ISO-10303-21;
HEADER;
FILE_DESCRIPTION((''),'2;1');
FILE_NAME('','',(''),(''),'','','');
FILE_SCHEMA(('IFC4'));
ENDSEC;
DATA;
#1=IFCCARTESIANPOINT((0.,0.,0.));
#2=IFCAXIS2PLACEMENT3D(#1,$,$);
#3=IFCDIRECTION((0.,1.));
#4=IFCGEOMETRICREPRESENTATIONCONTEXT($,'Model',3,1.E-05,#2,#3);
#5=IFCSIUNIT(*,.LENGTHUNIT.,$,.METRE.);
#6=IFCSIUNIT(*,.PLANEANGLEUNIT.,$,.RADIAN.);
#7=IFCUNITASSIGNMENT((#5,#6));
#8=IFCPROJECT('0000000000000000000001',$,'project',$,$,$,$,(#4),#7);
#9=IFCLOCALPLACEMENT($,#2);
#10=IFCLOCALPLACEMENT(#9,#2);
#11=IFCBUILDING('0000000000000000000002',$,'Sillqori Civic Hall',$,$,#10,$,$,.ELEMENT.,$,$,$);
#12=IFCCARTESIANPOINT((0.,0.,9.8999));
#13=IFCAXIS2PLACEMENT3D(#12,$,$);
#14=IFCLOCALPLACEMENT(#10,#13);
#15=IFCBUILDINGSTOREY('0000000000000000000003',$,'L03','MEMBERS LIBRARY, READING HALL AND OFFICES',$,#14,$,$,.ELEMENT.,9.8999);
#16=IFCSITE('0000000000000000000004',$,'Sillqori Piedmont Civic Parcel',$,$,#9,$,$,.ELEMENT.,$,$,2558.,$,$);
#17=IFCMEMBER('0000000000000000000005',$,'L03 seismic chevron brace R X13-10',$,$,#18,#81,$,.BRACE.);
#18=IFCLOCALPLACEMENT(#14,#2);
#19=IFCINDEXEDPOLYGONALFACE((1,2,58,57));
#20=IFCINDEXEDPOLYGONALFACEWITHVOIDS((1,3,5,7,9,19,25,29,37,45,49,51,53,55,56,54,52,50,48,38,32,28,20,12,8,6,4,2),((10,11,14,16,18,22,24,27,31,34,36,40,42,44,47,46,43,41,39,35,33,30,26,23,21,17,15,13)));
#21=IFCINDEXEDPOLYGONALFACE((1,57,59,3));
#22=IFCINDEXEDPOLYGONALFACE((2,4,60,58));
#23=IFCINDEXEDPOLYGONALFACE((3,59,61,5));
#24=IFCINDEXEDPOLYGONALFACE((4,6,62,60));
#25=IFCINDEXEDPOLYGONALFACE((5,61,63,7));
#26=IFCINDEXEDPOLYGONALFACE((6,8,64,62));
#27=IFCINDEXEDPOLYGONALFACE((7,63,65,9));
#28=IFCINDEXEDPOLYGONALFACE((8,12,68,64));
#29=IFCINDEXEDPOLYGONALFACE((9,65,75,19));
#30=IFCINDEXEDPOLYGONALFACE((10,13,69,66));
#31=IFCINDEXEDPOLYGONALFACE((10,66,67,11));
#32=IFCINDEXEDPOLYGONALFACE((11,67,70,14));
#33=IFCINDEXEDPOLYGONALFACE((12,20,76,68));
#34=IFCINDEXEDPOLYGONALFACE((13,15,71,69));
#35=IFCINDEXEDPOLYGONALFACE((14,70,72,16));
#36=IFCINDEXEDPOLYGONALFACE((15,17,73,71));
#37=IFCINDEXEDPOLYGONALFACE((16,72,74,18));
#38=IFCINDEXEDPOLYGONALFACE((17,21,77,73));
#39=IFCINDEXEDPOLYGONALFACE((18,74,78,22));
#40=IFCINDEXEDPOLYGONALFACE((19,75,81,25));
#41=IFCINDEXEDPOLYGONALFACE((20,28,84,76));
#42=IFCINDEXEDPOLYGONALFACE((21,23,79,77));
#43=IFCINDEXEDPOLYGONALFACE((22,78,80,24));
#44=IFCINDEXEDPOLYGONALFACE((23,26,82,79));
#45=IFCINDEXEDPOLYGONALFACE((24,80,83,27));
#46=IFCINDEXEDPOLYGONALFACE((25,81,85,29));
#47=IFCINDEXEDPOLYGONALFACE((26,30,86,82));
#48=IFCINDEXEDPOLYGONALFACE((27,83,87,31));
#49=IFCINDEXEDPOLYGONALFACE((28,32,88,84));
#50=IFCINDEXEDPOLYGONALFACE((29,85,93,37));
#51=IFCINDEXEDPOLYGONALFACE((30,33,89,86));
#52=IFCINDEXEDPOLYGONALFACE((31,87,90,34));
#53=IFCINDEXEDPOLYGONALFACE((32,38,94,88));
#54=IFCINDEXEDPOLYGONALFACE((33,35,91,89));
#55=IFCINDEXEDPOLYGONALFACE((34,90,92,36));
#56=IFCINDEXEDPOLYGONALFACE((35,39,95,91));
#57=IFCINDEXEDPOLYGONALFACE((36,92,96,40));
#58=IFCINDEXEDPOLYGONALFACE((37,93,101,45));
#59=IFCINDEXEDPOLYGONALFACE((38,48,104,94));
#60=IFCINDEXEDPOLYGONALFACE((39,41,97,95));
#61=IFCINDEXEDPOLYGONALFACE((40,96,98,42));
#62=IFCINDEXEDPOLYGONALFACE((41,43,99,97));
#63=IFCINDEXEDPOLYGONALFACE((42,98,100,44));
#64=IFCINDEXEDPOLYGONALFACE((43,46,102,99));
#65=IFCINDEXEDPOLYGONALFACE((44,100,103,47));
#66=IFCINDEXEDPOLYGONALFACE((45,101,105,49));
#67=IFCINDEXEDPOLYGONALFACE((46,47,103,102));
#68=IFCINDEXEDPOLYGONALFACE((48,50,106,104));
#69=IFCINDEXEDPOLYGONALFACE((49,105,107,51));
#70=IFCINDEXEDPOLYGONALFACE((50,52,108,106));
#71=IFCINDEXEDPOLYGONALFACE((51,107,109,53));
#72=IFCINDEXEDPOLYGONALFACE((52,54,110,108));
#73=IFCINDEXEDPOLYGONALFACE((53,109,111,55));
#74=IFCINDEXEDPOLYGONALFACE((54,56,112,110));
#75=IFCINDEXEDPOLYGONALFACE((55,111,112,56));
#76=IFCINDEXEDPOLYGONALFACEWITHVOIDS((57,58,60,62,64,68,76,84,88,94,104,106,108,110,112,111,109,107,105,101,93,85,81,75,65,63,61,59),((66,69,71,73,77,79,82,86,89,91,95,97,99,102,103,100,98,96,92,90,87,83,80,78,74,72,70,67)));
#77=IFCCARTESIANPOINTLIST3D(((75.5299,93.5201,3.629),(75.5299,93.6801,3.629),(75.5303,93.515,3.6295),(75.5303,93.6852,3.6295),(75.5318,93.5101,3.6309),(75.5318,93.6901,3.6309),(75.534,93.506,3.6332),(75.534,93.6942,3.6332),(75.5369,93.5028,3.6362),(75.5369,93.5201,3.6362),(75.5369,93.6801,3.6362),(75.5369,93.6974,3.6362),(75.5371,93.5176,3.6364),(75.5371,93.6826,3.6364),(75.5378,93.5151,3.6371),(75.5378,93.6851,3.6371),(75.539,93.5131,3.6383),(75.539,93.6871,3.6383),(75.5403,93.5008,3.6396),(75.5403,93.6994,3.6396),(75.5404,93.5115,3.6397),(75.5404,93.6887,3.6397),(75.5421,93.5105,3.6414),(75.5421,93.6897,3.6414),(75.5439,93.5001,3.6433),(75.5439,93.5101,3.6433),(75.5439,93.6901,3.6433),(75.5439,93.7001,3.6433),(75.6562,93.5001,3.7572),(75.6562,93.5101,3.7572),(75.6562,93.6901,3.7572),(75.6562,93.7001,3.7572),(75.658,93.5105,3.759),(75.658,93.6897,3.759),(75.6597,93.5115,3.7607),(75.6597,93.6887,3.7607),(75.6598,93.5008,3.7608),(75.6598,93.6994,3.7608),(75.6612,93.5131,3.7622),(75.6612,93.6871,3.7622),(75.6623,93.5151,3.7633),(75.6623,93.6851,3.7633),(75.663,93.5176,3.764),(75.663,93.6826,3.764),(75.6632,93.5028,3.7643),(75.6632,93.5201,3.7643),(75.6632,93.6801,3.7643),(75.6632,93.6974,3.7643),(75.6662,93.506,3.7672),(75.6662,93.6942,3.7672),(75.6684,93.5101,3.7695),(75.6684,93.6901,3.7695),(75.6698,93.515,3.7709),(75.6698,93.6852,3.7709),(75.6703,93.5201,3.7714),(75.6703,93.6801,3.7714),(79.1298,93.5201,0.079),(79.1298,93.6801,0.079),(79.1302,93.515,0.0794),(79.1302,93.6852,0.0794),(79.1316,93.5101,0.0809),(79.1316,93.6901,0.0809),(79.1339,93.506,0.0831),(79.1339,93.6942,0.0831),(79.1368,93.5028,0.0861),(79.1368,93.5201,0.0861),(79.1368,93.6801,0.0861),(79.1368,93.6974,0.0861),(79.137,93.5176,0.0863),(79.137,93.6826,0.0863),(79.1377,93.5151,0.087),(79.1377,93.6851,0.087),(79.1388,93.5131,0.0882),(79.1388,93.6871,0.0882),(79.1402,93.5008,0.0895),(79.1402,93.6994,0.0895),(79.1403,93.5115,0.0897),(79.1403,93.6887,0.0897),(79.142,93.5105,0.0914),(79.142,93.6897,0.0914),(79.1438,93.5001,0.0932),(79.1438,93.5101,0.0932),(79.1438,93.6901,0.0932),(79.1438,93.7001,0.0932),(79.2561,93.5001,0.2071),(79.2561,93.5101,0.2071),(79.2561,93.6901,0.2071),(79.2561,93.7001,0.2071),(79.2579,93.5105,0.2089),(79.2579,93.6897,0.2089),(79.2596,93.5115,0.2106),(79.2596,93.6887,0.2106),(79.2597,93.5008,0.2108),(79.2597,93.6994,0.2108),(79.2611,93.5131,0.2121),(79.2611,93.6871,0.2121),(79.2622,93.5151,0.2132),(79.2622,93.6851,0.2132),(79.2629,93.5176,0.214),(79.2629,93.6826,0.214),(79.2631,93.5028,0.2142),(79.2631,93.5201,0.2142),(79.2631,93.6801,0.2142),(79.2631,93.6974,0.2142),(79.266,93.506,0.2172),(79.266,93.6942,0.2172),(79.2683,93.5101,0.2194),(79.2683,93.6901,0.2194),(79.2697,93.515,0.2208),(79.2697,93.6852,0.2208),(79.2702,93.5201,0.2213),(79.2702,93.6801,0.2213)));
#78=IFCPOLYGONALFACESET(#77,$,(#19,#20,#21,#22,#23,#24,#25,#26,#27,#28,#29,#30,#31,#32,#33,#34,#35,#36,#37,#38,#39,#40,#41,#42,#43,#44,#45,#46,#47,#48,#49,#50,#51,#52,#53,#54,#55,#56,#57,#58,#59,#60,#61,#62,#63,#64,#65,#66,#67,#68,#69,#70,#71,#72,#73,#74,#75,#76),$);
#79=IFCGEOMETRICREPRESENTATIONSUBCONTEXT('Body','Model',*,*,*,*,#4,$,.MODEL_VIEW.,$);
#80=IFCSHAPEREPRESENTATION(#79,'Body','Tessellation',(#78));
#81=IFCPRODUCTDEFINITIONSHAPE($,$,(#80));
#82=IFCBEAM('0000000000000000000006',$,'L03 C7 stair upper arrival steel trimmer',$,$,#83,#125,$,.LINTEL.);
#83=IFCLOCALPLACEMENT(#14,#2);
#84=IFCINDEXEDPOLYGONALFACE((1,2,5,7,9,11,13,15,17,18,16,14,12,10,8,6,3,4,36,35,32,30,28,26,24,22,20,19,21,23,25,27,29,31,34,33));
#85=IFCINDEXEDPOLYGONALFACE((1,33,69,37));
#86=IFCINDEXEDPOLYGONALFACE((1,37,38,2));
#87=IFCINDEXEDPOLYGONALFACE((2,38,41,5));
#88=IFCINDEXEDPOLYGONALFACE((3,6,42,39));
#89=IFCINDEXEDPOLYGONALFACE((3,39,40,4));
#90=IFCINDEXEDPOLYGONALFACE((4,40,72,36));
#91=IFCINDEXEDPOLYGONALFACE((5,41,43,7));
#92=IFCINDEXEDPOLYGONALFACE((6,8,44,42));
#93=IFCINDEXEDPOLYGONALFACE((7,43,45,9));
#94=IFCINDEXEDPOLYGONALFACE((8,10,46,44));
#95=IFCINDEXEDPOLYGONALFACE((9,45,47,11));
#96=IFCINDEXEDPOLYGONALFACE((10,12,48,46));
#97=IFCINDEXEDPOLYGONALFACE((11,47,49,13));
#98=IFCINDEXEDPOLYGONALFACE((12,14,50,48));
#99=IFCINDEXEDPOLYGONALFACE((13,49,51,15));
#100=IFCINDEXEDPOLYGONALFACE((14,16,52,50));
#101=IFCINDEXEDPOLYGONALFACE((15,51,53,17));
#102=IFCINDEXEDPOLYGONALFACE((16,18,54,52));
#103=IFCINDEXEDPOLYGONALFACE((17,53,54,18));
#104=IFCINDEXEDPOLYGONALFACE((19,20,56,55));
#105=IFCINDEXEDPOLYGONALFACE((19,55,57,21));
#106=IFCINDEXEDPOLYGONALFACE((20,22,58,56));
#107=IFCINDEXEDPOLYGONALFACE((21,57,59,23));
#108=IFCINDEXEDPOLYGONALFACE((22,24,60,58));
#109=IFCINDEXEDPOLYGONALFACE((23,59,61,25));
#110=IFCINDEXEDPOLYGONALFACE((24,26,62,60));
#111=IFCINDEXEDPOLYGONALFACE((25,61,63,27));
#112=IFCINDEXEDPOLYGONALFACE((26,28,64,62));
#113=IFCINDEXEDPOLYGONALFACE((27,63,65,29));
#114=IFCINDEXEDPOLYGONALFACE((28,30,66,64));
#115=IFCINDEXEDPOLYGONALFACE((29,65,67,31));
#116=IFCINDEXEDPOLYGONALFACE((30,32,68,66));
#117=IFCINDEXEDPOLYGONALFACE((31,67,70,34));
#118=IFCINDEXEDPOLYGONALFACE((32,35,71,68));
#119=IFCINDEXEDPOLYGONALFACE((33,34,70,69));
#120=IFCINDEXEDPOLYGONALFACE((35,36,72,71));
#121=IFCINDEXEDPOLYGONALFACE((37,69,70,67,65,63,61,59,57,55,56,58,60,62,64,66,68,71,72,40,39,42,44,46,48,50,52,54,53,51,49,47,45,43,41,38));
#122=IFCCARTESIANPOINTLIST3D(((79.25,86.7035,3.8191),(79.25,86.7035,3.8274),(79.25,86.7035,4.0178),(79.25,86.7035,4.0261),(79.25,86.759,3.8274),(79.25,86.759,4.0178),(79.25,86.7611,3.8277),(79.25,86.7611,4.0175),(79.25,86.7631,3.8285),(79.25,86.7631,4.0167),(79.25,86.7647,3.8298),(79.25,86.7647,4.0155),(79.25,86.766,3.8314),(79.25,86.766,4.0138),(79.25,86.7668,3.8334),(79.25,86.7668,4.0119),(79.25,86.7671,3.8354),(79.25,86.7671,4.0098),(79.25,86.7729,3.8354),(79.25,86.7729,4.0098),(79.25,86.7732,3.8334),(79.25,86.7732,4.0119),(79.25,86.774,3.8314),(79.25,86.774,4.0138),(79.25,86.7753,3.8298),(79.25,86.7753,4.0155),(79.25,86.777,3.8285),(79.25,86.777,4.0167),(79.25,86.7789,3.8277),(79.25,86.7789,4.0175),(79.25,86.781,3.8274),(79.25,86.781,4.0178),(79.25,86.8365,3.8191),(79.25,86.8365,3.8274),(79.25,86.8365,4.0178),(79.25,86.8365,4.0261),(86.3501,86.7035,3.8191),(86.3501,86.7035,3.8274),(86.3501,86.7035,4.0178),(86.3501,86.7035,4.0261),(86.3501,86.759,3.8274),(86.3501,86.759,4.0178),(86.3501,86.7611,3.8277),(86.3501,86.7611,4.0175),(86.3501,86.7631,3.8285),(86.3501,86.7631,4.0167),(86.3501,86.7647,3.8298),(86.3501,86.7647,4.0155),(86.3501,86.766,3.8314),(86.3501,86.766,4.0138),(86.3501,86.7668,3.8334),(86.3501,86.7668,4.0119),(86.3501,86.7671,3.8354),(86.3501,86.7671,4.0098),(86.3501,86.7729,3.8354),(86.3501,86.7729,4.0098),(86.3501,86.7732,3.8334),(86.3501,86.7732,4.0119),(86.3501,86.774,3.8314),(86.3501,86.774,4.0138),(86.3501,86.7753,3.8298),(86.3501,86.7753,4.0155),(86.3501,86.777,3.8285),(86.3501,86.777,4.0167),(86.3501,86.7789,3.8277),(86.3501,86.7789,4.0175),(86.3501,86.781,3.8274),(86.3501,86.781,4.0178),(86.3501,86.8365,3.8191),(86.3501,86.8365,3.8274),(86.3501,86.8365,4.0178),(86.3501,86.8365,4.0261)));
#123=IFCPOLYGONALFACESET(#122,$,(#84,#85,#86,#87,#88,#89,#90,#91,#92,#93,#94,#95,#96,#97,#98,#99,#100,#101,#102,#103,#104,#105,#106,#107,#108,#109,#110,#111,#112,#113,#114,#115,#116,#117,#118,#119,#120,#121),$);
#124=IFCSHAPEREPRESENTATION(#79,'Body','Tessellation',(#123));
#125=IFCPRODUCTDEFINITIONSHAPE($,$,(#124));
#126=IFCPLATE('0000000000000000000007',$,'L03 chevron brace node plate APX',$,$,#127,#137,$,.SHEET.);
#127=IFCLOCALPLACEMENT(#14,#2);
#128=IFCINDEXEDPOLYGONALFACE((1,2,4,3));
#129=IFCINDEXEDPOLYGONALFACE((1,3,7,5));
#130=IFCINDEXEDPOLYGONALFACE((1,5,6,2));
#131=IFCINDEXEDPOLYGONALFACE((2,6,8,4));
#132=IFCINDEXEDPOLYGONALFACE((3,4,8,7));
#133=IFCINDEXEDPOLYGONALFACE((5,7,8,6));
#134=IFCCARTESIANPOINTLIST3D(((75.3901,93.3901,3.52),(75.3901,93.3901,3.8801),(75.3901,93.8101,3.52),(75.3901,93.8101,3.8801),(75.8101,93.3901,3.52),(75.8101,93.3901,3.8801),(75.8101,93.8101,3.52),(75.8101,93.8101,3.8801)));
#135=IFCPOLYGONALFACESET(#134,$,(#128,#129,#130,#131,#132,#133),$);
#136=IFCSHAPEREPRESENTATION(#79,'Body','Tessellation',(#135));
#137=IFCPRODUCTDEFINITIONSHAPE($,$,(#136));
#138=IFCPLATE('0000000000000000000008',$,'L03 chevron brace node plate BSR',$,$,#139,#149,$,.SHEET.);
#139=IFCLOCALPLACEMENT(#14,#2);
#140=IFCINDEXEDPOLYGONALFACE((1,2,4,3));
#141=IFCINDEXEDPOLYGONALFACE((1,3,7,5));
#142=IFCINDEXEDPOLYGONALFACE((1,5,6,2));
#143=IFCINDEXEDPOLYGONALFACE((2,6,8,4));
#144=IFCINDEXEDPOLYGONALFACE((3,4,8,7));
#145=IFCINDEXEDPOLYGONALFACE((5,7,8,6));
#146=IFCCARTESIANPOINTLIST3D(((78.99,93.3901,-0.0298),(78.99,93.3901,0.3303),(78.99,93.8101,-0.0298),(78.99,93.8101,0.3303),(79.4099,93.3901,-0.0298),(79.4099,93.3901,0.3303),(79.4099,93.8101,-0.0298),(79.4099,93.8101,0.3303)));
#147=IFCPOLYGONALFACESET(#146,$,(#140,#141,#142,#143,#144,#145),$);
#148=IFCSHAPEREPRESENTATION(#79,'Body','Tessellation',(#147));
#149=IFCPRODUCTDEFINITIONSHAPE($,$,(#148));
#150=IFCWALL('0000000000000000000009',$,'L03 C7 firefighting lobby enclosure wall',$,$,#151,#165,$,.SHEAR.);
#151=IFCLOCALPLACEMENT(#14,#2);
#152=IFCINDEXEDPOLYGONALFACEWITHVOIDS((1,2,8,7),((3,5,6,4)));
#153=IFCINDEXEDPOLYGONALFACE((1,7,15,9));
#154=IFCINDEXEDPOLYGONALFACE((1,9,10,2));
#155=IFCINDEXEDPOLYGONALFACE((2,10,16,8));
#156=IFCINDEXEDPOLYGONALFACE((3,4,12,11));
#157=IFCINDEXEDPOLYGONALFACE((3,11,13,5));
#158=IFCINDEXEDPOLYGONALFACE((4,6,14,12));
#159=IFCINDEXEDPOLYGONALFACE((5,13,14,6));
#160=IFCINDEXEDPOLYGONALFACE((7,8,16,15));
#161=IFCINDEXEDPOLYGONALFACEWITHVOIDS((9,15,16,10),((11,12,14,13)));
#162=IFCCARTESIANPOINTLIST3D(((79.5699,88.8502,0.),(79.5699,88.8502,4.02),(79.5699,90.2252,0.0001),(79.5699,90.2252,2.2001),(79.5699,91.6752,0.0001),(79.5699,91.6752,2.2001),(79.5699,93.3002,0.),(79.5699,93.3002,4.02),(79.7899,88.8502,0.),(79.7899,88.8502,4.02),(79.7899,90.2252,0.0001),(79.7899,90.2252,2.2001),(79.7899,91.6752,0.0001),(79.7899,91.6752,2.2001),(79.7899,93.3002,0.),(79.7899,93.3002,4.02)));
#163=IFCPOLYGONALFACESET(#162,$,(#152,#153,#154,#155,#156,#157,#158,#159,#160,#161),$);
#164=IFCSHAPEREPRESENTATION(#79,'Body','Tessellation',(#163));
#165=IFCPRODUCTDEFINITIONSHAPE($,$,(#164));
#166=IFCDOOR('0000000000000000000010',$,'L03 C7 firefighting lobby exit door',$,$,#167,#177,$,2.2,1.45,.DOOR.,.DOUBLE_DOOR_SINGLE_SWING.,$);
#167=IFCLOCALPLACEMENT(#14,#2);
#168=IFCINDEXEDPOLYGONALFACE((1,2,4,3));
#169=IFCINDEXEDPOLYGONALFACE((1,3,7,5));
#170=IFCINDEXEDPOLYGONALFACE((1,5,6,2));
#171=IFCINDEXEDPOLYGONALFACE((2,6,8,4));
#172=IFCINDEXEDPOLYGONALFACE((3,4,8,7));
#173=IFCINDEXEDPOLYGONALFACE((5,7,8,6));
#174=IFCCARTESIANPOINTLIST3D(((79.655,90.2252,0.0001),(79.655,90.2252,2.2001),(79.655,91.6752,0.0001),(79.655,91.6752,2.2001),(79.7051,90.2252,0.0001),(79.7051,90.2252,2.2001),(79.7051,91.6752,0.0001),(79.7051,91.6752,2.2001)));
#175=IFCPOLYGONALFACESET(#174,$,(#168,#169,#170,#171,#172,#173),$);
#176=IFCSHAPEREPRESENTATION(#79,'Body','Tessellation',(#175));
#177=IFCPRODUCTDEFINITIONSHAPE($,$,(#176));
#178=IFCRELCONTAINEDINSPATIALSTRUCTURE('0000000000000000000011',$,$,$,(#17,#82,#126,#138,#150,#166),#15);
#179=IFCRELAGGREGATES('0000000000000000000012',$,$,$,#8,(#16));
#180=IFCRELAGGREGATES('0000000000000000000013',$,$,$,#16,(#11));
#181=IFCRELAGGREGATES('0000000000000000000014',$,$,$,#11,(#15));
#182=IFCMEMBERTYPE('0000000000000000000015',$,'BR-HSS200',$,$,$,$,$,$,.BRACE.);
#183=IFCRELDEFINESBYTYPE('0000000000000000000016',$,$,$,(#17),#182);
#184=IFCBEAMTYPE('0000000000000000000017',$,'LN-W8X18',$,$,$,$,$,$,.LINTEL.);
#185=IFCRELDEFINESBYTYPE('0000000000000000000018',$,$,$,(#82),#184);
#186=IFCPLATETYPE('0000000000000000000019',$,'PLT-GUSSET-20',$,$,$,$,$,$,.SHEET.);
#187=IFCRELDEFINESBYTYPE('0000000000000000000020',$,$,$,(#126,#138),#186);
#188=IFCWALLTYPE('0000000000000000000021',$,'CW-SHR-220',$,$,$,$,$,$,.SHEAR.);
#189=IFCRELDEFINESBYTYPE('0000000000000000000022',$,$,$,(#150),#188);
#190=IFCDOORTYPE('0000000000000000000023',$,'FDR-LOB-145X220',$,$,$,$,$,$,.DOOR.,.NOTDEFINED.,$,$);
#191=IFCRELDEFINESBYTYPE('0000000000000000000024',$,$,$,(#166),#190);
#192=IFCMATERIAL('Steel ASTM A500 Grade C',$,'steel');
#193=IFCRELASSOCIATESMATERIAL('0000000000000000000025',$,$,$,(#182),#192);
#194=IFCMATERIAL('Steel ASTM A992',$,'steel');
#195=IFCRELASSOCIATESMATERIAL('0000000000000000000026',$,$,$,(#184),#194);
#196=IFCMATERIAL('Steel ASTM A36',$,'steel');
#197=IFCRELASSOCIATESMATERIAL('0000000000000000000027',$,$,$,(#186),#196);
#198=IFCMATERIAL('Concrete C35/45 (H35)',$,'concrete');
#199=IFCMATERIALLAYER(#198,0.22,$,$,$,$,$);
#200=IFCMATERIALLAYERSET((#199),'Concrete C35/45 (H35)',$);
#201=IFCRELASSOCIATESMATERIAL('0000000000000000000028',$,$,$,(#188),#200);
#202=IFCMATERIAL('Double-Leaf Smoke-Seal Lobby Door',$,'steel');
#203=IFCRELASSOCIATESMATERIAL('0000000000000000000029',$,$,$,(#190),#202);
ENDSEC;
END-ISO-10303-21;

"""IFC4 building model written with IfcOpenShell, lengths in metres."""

from ifc_helpers import new_model, si_unit, direction, frame, frame_2d, origin, origin_2d, place, context, subcontext, project, spatial, rectangle, hollow_rectangle, i_section, extrude, material, layer, layer_set, material_profile, profile_set, type_object, element, fill, save


model = new_model("IFC4")

# Units and contexts
model_context = context("Model", 3, precision=1e-05, world=origin(), true_north=direction((0.0, 1.0)))
body_context = subcontext(model_context, "Body", "Model", "MODEL_VIEW")
ifc_project = project(units=[si_unit("LENGTHUNIT", "METRE"), si_unit("PLANEANGLEUNIT", "RADIAN")], contexts=[model_context])

# Site, building, storey
site_placement = place(None, origin())
site = spatial("IfcSite", under=ifc_project, at=site_placement, Name="Sillqori Piedmont Civic Parcel", CompositionType="ELEMENT", RefElevation=2558.0)
building_placement = place(site_placement, origin())
building = spatial("IfcBuilding", under=site, at=building_placement, Name="Sillqori Civic Hall", CompositionType="ELEMENT")
storey_placement = place(building_placement, frame((0.0, 0.0, 9.8999)))
storey = spatial("IfcBuildingStorey", under=building, at=storey_placement, Name="L03", Description="MEMBERS LIBRARY, READING HALL AND OFFICES", CompositionType="ELEMENT", Elevation=9.8999)

# Shared definitions
ifc_material_1 = material(Name="Concrete C35/45 (H35)", Category="concrete")

# Shared definitions
ifc_material_2 = material(Name="Steel ASTM A992", Category="steel")

# Member
ifc_material_3 = material(Name="Steel ASTM A500 Grade C", Category="steel")
ifc_material_profile_1 = material_profile(ifc_material_3, hollow_rectangle(XDim=0.2, YDim=0.2, WallThickness=0.01, InnerFilletRadius=0.01, OuterFilletRadius=0.02, at=origin_2d()), Name="HSS200X200X10")
ifc_profile_set_1 = profile_set([ifc_material_profile_1], Name="Steel ASTM A500 Grade C")
member_type = type_object("IfcMemberType", Name="BR-HSS200", PredefinedType="BRACE", material=ifc_profile_set_1)
member_placement = place(storey_placement, frame((79.2, 93.6001, 0.1501), z_axis=(-0.712015, 0.0, 0.702164), x_axis=(0.0, -1.0, 0.0)))
element("IfcMember", 1, at=member_placement, inside=storey, type_object=member_type, Name="L03 seismic chevron brace R X13-10", PredefinedType="BRACE", context=body_context, shape_type="SweptSolid", body=[
    extrude(hollow_rectangle(XDim=0.2, YDim=0.2, WallThickness=0.01, InnerFilletRadius=0.01, OuterFilletRadius=0.02, at=origin_2d()), origin(), (0.0, 0.0, 1.0), 5.0559),
])

# Beam
ifc_material_profile_2 = material_profile(ifc_material_2, i_section(OverallWidth=0.1331, OverallDepth=0.207, WebThickness=0.0059, FlangeThickness=0.0083, FilletRadius=0.0081, at=origin_2d()), Name="W8X18")
ifc_profile_set_2 = profile_set([ifc_material_profile_2], Name="Steel ASTM A992")
beam_type_1 = type_object("IfcBeamType", Name="LN-W8X18", PredefinedType="LINTEL", material=ifc_profile_set_2)
beam_1_placement = place(storey_placement, frame((79.25, 86.77, 3.9226), z_axis=(1.0, 0.0, 0.0), x_axis=(0.0, 1.0, 0.0)))
element("IfcBeam", 2, at=beam_1_placement, inside=storey, type_object=beam_type_1, Name="L03 C7 stair upper arrival steel trimmer", PredefinedType="LINTEL", context=body_context, shape_type="SweptSolid", body=[
    extrude(i_section(OverallWidth=0.1331, OverallDepth=0.207, WebThickness=0.0059, FlangeThickness=0.0083, FilletRadius=0.0081, at=origin_2d()), origin(), (0.0, 0.0, 1.0), 7.1001),
])

# Plates
ifc_material_4 = material(Name="Steel ASTM A36", Category="steel")
plate_type = type_object("IfcPlateType", Name="PLT-GUSSET-20", PredefinedType="SHEET", material=ifc_material_4)
for number, where, z_axis, x_axis, name in (
    (3, (75.6001, 93.6001, 3.52), (0.0, 0.0, 1.0), (1.0, 0.0, 0.0), "L03 chevron brace node plate APX"),
    (4, (79.2, 93.6001, -0.0298), (0.0, 0.0, 1.0), (1.0, 0.0, 0.0), "L03 chevron brace node plate BSR"),
):
    element("IfcPlate", number, at=place(storey_placement, frame(where, z_axis=z_axis, x_axis=x_axis)), inside=storey, type_object=plate_type, Name=name, PredefinedType="SHEET", context=body_context, shape_type="SweptSolid", body=[
        extrude(rectangle(XDim=0.4199, YDim=0.4199, at=origin_2d()), origin(), (0.0, 0.0, 1.0), 0.3601),
    ])

# Wall, opening, door
ifc_layer_1 = layer(ifc_material_1, 0.22)
ifc_layer_set_1 = layer_set([ifc_layer_1], Name="Concrete C35/45 (H35)")
wall_type_1 = type_object("IfcWallType", Name="CW-SHR-220", PredefinedType="SHEAR", material=ifc_layer_set_1)
wall_1_placement = place(storey_placement, frame((79.6799, 88.8501, 0.0), z_axis=(0.0, 0.0, 1.0), x_axis=(0.0, 1.0, 0.0)))
wall_1 = element("IfcWall", 5, at=wall_1_placement, inside=storey, type_object=wall_type_1, Name="L03 C7 firefighting lobby enclosure wall", PredefinedType="SHEAR", context=body_context, shape_type="SweptSolid", body=[
    extrude(rectangle(XDim=4.45, YDim=0.22, at=frame_2d((2.2251, 0.0))), origin(), (0.0, 0.0, 1.0), 4.02),
])
opening_1_placement = place(wall_1_placement, frame((1.375, 0.0, 0.0)))
opening_1 = element("IfcOpeningElement", 6, at=opening_1_placement, cuts=wall_1, PredefinedType="OPENING", context=body_context, shape_type="SweptSolid", body=[
    extrude(rectangle(XDim=1.45, YDim=2.2, at=frame_2d((0.7251, 1.1001))), frame((0.0, 0.1199, 0.0), z_axis=(0.0, -1.0, 0.0), x_axis=(1.0, 0.0, 0.0)), (0.0, 0.0, 1.0), 0.24),
])
ifc_material_5 = material(Name="Double-Leaf Smoke-Seal Lobby Door", Category="steel")
door_type_1 = type_object("IfcDoorType", Name="FDR-LOB-145X220", OperationType="NOTDEFINED", PredefinedType="DOOR", material=ifc_material_5)
door_1_placement = place(opening_1_placement, origin())
door_1 = element("IfcDoor", 7, at=door_1_placement, inside=storey, type_object=door_type_1, Name="L03 C7 firefighting lobby exit door", OperationType="DOUBLE_DOOR_SINGLE_SWING", OverallHeight=2.2, OverallWidth=1.45, PredefinedType="DOOR", context=body_context, shape_type="SweptSolid", body=[
    extrude(rectangle(XDim=1.45, YDim=2.2, at=frame_2d((0.7251, 1.1001))), frame((0.0, 0.0249, 0.0), z_axis=(0.0, -1.0, 0.0), x_axis=(1.0, 0.0, 0.0)), (0.0, 0.0, 1.0), 0.05),
])
fill(opening_1, door_1)

save(model, "model.ifc")
